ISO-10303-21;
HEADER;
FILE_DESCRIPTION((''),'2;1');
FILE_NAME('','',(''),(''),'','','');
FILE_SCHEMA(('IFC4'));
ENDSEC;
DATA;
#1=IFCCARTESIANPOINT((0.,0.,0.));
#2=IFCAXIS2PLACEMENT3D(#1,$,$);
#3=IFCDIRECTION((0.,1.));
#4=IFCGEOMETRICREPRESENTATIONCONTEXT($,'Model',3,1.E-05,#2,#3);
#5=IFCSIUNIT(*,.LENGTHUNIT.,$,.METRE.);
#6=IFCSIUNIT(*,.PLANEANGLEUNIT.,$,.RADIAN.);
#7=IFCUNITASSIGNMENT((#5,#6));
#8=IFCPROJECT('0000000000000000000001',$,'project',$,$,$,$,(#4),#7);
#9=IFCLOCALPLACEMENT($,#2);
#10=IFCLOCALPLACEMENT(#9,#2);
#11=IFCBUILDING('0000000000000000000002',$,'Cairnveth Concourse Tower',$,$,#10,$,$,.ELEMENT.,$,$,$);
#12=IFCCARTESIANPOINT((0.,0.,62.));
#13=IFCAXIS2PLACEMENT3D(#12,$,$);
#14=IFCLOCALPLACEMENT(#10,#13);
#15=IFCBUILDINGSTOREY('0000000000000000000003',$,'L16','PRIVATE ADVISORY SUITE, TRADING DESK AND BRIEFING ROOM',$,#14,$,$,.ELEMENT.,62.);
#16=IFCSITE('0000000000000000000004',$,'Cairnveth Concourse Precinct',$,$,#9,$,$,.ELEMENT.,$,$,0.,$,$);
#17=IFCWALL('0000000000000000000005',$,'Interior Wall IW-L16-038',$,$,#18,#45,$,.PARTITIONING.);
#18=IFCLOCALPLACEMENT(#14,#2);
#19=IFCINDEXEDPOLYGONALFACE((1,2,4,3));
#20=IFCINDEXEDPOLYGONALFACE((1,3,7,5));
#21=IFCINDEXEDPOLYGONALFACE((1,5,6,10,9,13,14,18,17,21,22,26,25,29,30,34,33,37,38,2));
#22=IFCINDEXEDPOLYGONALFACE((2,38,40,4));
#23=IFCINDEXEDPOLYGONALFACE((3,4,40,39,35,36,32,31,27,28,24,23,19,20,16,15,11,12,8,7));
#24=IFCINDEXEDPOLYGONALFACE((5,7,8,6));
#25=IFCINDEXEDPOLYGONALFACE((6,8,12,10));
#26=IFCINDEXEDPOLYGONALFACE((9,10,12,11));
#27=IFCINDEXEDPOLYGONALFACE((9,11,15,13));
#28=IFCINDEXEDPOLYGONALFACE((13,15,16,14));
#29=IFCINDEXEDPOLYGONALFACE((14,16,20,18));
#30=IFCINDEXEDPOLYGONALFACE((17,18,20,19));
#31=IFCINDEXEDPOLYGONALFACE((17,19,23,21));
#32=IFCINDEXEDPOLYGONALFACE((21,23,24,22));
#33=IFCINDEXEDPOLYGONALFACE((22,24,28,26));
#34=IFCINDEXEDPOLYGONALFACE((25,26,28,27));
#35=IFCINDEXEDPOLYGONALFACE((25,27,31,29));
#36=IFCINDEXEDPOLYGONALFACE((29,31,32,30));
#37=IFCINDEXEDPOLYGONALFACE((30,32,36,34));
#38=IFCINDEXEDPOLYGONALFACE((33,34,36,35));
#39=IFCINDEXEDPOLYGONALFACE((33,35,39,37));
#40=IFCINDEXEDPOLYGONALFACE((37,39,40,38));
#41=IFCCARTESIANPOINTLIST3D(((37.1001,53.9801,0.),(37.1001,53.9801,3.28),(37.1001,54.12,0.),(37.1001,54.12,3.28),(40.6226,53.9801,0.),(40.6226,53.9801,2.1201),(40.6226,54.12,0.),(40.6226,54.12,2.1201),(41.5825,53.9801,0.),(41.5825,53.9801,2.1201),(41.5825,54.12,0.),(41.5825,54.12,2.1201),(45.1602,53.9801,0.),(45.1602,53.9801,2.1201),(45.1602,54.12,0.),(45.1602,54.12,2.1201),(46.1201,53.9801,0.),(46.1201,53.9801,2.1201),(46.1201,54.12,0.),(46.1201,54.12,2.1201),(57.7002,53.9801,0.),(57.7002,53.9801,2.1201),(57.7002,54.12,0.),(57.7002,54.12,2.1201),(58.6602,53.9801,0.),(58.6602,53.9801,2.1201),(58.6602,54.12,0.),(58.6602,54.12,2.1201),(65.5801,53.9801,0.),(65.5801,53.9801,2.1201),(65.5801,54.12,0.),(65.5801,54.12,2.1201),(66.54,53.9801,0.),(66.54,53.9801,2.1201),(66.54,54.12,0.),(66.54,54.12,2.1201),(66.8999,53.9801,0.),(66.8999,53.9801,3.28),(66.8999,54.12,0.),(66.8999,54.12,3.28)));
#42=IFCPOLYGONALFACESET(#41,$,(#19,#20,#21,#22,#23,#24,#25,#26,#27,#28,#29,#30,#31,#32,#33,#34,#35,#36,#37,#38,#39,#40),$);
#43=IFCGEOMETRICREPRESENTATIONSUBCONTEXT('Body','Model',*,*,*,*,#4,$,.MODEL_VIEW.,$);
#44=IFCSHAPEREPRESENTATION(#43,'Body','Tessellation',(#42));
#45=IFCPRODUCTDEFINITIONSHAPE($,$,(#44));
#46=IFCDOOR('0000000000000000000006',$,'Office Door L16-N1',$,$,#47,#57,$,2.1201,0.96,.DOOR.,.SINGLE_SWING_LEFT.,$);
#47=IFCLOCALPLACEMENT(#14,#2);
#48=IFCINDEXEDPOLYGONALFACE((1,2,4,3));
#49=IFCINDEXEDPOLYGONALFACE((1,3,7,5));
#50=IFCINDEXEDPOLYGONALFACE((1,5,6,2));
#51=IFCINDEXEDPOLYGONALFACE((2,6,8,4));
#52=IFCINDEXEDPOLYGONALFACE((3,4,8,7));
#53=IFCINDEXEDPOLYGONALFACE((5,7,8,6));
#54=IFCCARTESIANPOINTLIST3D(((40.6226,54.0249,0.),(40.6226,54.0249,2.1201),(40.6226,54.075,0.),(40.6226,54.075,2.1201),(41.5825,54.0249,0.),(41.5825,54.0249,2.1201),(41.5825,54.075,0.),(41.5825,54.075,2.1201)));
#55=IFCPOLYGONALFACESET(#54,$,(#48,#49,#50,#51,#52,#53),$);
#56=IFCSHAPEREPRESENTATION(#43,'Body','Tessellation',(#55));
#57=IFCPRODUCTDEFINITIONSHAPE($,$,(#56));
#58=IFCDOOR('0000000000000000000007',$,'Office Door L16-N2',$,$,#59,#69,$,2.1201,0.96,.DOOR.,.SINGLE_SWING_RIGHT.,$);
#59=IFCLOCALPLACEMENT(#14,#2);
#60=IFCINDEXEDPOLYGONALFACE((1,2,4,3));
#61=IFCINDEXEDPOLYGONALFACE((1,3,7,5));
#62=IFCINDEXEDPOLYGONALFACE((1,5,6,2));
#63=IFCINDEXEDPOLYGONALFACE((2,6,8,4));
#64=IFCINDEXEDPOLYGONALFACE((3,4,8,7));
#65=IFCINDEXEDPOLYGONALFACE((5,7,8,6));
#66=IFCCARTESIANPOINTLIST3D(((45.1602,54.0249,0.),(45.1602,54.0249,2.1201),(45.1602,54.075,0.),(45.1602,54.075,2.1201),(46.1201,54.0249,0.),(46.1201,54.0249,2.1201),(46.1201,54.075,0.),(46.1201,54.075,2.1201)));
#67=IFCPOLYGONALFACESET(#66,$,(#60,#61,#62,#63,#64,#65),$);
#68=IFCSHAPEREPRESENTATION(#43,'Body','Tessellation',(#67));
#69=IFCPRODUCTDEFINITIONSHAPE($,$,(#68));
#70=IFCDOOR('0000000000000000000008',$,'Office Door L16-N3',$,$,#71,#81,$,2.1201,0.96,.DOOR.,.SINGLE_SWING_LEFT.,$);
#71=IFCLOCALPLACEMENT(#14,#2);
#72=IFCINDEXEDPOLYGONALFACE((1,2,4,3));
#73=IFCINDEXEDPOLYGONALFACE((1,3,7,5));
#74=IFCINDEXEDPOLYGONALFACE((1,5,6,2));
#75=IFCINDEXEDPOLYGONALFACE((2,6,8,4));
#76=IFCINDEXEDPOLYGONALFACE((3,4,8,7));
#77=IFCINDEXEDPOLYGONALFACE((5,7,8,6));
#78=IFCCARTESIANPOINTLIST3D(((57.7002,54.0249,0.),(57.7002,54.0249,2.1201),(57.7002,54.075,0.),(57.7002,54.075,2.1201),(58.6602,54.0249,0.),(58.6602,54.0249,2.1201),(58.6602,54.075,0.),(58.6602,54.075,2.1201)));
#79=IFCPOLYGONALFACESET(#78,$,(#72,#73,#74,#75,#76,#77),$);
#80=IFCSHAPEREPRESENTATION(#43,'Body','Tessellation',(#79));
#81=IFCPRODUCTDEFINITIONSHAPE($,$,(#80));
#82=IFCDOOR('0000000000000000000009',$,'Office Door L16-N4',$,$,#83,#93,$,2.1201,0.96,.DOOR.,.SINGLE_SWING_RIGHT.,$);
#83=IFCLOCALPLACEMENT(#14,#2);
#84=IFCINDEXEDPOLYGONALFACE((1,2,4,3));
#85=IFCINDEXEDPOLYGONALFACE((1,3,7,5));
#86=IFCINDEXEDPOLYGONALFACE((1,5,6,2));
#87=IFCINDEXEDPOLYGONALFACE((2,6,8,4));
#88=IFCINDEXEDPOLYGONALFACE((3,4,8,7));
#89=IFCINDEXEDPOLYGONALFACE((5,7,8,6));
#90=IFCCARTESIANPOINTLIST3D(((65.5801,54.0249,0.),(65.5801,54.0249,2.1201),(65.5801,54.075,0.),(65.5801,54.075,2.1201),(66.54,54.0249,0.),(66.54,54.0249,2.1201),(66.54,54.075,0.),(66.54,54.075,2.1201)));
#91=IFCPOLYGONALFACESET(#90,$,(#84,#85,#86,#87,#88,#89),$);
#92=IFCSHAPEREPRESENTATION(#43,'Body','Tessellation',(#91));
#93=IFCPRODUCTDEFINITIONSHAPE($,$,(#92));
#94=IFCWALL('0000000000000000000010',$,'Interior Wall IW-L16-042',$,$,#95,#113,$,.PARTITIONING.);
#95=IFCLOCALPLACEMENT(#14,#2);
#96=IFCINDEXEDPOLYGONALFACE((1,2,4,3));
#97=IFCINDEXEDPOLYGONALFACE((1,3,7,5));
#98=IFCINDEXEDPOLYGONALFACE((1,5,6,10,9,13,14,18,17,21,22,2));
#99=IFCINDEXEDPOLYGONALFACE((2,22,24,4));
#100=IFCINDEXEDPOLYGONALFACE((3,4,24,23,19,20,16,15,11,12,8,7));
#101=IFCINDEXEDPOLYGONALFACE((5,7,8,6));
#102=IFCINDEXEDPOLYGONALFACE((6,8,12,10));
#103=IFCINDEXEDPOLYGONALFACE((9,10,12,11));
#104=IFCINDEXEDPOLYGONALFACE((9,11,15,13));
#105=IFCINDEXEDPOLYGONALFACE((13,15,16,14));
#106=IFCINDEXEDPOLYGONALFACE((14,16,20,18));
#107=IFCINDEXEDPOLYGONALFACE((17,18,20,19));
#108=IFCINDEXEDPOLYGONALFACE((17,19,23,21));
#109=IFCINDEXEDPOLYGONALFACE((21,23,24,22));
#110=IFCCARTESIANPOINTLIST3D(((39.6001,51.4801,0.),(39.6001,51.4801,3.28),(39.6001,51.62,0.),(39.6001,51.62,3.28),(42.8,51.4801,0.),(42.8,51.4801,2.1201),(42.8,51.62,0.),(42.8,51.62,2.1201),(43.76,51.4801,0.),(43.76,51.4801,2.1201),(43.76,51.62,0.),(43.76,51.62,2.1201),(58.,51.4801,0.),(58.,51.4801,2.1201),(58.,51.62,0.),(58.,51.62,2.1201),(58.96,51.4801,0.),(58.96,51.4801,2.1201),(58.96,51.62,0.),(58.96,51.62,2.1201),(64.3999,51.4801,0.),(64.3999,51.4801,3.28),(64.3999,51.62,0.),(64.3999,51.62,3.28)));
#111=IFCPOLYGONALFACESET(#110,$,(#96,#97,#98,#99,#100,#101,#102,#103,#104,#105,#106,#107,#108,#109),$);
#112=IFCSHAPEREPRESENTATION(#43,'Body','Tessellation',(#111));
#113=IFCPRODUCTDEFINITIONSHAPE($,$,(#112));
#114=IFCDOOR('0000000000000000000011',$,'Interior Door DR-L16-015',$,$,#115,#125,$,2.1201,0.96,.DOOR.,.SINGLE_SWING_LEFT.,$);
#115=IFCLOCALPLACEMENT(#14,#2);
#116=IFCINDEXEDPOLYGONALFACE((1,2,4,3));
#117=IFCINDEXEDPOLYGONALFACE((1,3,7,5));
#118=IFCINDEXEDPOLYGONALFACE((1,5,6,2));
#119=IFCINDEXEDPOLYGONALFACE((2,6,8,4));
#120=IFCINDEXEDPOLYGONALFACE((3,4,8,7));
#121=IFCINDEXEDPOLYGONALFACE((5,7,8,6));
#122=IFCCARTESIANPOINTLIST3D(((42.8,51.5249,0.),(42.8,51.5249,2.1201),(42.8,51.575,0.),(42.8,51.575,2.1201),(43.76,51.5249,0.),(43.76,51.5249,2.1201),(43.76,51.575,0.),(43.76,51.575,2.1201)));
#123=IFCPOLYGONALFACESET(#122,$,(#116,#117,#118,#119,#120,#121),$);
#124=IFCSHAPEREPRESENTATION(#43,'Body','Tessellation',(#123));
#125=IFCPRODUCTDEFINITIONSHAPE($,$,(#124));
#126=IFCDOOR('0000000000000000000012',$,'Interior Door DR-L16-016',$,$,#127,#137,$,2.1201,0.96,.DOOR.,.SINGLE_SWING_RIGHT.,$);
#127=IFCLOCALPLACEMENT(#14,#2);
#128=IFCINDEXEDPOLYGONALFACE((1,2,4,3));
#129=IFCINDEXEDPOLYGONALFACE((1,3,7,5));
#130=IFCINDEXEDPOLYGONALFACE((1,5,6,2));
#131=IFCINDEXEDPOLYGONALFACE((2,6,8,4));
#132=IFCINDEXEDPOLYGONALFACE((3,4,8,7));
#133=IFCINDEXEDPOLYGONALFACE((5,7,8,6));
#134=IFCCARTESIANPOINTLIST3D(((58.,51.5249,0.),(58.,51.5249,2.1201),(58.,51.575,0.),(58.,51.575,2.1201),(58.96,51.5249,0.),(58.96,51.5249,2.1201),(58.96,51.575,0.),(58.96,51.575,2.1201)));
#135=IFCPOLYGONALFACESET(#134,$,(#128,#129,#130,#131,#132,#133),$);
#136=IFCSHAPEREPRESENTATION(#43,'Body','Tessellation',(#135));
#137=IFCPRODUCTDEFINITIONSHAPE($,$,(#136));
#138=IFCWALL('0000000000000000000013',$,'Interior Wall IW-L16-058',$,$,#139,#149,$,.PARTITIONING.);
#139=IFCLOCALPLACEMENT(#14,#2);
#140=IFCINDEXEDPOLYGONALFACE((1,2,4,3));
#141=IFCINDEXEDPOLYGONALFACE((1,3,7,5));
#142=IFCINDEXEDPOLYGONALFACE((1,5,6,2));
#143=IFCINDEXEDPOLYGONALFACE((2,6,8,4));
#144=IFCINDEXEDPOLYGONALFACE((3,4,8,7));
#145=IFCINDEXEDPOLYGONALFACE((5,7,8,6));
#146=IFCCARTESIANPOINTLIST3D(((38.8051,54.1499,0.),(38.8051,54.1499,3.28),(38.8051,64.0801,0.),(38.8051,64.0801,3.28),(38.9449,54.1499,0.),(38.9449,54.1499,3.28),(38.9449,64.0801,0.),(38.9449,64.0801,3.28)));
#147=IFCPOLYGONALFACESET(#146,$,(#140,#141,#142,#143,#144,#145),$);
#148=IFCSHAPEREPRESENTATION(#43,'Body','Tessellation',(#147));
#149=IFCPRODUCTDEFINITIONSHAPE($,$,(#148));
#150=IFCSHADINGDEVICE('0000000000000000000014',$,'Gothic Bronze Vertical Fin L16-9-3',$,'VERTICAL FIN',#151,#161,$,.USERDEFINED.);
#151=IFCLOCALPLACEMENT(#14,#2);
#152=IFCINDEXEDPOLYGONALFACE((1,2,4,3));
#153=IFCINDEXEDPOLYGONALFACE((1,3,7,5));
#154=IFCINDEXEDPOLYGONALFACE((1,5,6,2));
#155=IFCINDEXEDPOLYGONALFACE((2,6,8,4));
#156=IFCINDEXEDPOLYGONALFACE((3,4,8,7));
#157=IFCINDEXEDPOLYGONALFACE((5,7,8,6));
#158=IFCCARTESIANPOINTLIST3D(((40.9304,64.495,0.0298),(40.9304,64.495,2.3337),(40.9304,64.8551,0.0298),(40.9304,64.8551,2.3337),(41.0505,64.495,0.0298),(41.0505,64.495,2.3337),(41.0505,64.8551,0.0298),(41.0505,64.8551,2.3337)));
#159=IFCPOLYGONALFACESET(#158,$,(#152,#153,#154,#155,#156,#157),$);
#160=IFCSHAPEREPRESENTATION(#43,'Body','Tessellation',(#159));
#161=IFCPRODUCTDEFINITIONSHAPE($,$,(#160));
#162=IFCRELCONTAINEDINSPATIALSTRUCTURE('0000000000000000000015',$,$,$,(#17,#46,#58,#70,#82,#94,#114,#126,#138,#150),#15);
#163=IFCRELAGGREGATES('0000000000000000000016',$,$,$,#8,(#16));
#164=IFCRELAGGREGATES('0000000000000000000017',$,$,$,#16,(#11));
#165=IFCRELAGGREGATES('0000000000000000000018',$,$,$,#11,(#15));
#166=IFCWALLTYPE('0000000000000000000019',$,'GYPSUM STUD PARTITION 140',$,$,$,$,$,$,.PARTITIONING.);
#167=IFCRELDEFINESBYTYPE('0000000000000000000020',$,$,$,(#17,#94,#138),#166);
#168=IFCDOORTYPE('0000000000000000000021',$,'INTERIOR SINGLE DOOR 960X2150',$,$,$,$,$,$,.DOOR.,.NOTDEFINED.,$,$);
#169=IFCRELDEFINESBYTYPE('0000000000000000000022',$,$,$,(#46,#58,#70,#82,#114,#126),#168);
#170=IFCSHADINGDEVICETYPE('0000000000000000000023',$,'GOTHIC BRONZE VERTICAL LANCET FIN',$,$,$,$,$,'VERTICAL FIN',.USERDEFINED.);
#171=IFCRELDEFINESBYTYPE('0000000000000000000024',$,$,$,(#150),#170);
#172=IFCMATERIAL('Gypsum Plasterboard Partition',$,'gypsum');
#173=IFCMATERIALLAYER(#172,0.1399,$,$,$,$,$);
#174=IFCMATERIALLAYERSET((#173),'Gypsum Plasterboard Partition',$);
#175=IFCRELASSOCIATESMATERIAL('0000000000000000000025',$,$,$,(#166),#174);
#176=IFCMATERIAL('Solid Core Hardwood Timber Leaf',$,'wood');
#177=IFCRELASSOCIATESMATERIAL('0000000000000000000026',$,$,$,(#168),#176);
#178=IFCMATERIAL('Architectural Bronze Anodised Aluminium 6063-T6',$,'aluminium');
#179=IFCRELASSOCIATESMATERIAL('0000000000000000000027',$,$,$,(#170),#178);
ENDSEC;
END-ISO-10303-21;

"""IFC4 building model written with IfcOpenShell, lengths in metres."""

from ifc_helpers import new_model, si_unit, direction, frame, frame_2d, origin, origin_2d, place, context, subcontext, project, spatial, rectangle, extrude, material, layer, layer_set, type_object, element, fill, save


model = new_model("IFC4")

# Units and contexts
model_context = context("Model", 3, precision=1e-05, world=origin(), true_north=direction((0.0, 1.0)))
body_context = subcontext(model_context, "Body", "Model", "MODEL_VIEW")
ifc_project = project(units=[si_unit("LENGTHUNIT", "METRE"), si_unit("PLANEANGLEUNIT", "RADIAN")], contexts=[model_context])

# Site, building, storey
site_placement = place(None, origin())
site = spatial("IfcSite", under=ifc_project, at=site_placement, Name="Cairnveth Concourse Precinct", CompositionType="ELEMENT", RefElevation=0.0)
building_placement = place(site_placement, origin())
building = spatial("IfcBuilding", under=site, at=building_placement, Name="Cairnveth Concourse Tower", CompositionType="ELEMENT")
storey_placement = place(building_placement, frame((0.0, 0.0, 62.0)))
storey = spatial("IfcBuildingStorey", under=building, at=storey_placement, Name="L16", Description="PRIVATE ADVISORY SUITE, TRADING DESK AND BRIEFING ROOM", CompositionType="ELEMENT", Elevation=62.0)

# Walls, openings, doors
ifc_material_1 = material(Name="Gypsum Plasterboard Partition", Category="gypsum")
ifc_layer_1 = layer(ifc_material_1, 0.1399)
ifc_layer_set_1 = layer_set([ifc_layer_1], Name="Gypsum Plasterboard Partition")
wall_type_1 = type_object("IfcWallType", Name="GYPSUM STUD PARTITION 140", PredefinedType="PARTITIONING", material=ifc_layer_set_1)
wall_1_placement = place(storey_placement, frame((37.1001, 54.05, 0.0), z_axis=(0.0, 0.0, 1.0), x_axis=(1.0, 0.0, 0.0)))
wall_1 = element("IfcWall", 1, at=wall_1_placement, inside=storey, type_object=wall_type_1, Name="Interior Wall IW-L16-038", PredefinedType="PARTITIONING", context=body_context, shape_type="SweptSolid", body=[
    extrude(rectangle(XDim=29.7998, YDim=0.1399, at=frame_2d((14.8999, 0.0))), origin(), (0.0, 0.0, 1.0), 3.28),
])
opening_1_placement = place(wall_1_placement, frame((3.5225, 0.0, 0.0)))
opening_1 = element("IfcOpeningElement", 2, at=opening_1_placement, cuts=wall_1, PredefinedType="OPENING", context=body_context, shape_type="SweptSolid", body=[
    extrude(rectangle(XDim=0.96, YDim=2.1201, at=frame_2d((0.48, 1.0601))), frame((0.0, 0.0798, 0.0), z_axis=(0.0, -1.0, 0.0), x_axis=(1.0, 0.0, 0.0)), (0.0, 0.0, 1.0), 0.1599),
])
opening_2_placement = place(wall_1_placement, frame((8.0601, 0.0, 0.0)))
opening_2 = element("IfcOpeningElement", 3, at=opening_2_placement, cuts=wall_1, PredefinedType="OPENING", context=body_context, shape_type="SweptSolid", body=[
    extrude(rectangle(XDim=0.96, YDim=2.1201, at=frame_2d((0.48, 1.0601))), frame((0.0, 0.0798, 0.0), z_axis=(0.0, -1.0, 0.0), x_axis=(1.0, 0.0, 0.0)), (0.0, 0.0, 1.0), 0.1599),
])
opening_3_placement = place(wall_1_placement, frame((20.6001, 0.0, 0.0)))
opening_3 = element("IfcOpeningElement", 4, at=opening_3_placement, cuts=wall_1, PredefinedType="OPENING", context=body_context, shape_type="SweptSolid", body=[
    extrude(rectangle(XDim=0.96, YDim=2.1201, at=frame_2d((0.48, 1.0601))), frame((0.0, 0.0798, 0.0), z_axis=(0.0, -1.0, 0.0), x_axis=(1.0, 0.0, 0.0)), (0.0, 0.0, 1.0), 0.1599),
])
opening_4_placement = place(wall_1_placement, frame((28.48, 0.0, 0.0)))
opening_4 = element("IfcOpeningElement", 5, at=opening_4_placement, cuts=wall_1, PredefinedType="OPENING", context=body_context, shape_type="SweptSolid", body=[
    extrude(rectangle(XDim=0.96, YDim=2.1201, at=frame_2d((0.48, 1.0601))), frame((0.0, 0.0798, 0.0), z_axis=(0.0, -1.0, 0.0), x_axis=(1.0, 0.0, 0.0)), (0.0, 0.0, 1.0), 0.1599),
])
ifc_material_2 = material(Name="Solid Core Hardwood Timber Leaf", Category="wood")
door_type = type_object("IfcDoorType", Name="INTERIOR SINGLE DOOR 960X2150", OperationType="NOTDEFINED", PredefinedType="DOOR", material=ifc_material_2)
door_1_placement = place(opening_1_placement, origin())
door_1 = element("IfcDoor", 6, at=door_1_placement, inside=storey, type_object=door_type, Name="Office Door L16-N1", OperationType="SINGLE_SWING_LEFT", OverallHeight=2.1201, OverallWidth=0.96, PredefinedType="DOOR", context=body_context, shape_type="SweptSolid", body=[
    extrude(rectangle(XDim=0.96, YDim=2.1201, at=frame_2d((0.48, 1.0601))), frame((0.0, 0.0249, 0.0), z_axis=(0.0, -1.0, 0.0), x_axis=(1.0, 0.0, 0.0)), (0.0, 0.0, 1.0), 0.05),
])
fill(opening_1, door_1)
door_2_placement = place(opening_2_placement, origin())
door_2 = element("IfcDoor", 7, at=door_2_placement, inside=storey, type_object=door_type, Name="Office Door L16-N2", OperationType="SINGLE_SWING_RIGHT", OverallHeight=2.1201, OverallWidth=0.96, PredefinedType="DOOR", context=body_context, shape_type="SweptSolid", body=[
    extrude(rectangle(XDim=0.96, YDim=2.1201, at=frame_2d((0.48, 1.0601))), frame((0.0, 0.0249, 0.0), z_axis=(0.0, -1.0, 0.0), x_axis=(1.0, 0.0, 0.0)), (0.0, 0.0, 1.0), 0.05),
])
fill(opening_2, door_2)
door_3_placement = place(opening_3_placement, origin())
door_3 = element("IfcDoor", 8, at=door_3_placement, inside=storey, type_object=door_type, Name="Office Door L16-N3", OperationType="SINGLE_SWING_LEFT", OverallHeight=2.1201, OverallWidth=0.96, PredefinedType="DOOR", context=body_context, shape_type="SweptSolid", body=[
    extrude(rectangle(XDim=0.96, YDim=2.1201, at=frame_2d((0.48, 1.0601))), frame((0.0, 0.0249, 0.0), z_axis=(0.0, -1.0, 0.0), x_axis=(1.0, 0.0, 0.0)), (0.0, 0.0, 1.0), 0.05),
])
fill(opening_3, door_3)
door_4_placement = place(opening_4_placement, origin())
door_4 = element("IfcDoor", 9, at=door_4_placement, inside=storey, type_object=door_type, Name="Office Door L16-N4", OperationType="SINGLE_SWING_RIGHT", OverallHeight=2.1201, OverallWidth=0.96, PredefinedType="DOOR", context=body_context, shape_type="SweptSolid", body=[
    extrude(rectangle(XDim=0.96, YDim=2.1201, at=frame_2d((0.48, 1.0601))), frame((0.0, 0.0249, 0.0), z_axis=(0.0, -1.0, 0.0), x_axis=(1.0, 0.0, 0.0)), (0.0, 0.0, 1.0), 0.05),
])
fill(opening_4, door_4)
wall_2_placement = place(storey_placement, frame((39.6001, 51.55, 0.0), z_axis=(0.0, 0.0, 1.0), x_axis=(1.0, 0.0, 0.0)))
wall_2 = element("IfcWall", 10, at=wall_2_placement, inside=storey, type_object=wall_type_1, Name="Interior Wall IW-L16-042", PredefinedType="PARTITIONING", context=body_context, shape_type="SweptSolid", body=[
    extrude(rectangle(XDim=24.7998, YDim=0.1399, at=frame_2d((12.3999, 0.0))), origin(), (0.0, 0.0, 1.0), 3.28),
])
opening_5_placement = place(wall_2_placement, frame((3.2, 0.0, 0.0)))
opening_5 = element("IfcOpeningElement", 11, at=opening_5_placement, cuts=wall_2, PredefinedType="OPENING", context=body_context, shape_type="SweptSolid", body=[
    extrude(rectangle(XDim=0.96, YDim=2.1201, at=frame_2d((0.48, 1.0601))), frame((0.0, 0.0798, 0.0), z_axis=(0.0, -1.0, 0.0), x_axis=(1.0, 0.0, 0.0)), (0.0, 0.0, 1.0), 0.1599),
])
opening_6_placement = place(wall_2_placement, frame((18.3999, 0.0, 0.0)))
opening_6 = element("IfcOpeningElement", 12, at=opening_6_placement, cuts=wall_2, PredefinedType="OPENING", context=body_context, shape_type="SweptSolid", body=[
    extrude(rectangle(XDim=0.96, YDim=2.1201, at=frame_2d((0.48, 1.0601))), frame((0.0, 0.0798, 0.0), z_axis=(0.0, -1.0, 0.0), x_axis=(1.0, 0.0, 0.0)), (0.0, 0.0, 1.0), 0.1599),
])
door_5_placement = place(opening_5_placement, origin())
door_5 = element("IfcDoor", 13, at=door_5_placement, inside=storey, type_object=door_type, Name="Interior Door DR-L16-015", OperationType="SINGLE_SWING_LEFT", OverallHeight=2.1201, OverallWidth=0.96, PredefinedType="DOOR", context=body_context, shape_type="SweptSolid", body=[
    extrude(rectangle(XDim=0.96, YDim=2.1201, at=frame_2d((0.48, 1.0601))), frame((0.0, 0.0249, 0.0), z_axis=(0.0, -1.0, 0.0), x_axis=(1.0, 0.0, 0.0)), (0.0, 0.0, 1.0), 0.05),
])
fill(opening_5, door_5)
door_6_placement = place(opening_6_placement, origin())
door_6 = element("IfcDoor", 14, at=door_6_placement, inside=storey, type_object=door_type, Name="Interior Door DR-L16-016", OperationType="SINGLE_SWING_RIGHT", OverallHeight=2.1201, OverallWidth=0.96, PredefinedType="DOOR", context=body_context, shape_type="SweptSolid", body=[
    extrude(rectangle(XDim=0.96, YDim=2.1201, at=frame_2d((0.48, 1.0601))), frame((0.0, 0.0249, 0.0), z_axis=(0.0, -1.0, 0.0), x_axis=(1.0, 0.0, 0.0)), (0.0, 0.0, 1.0), 0.05),
])
fill(opening_6, door_6)

# Wall
wall_3_placement = place(storey_placement, frame((38.875, 54.1499, 0.0), z_axis=(0.0, 0.0, 1.0), x_axis=(0.0, 1.0, 0.0)))
element("IfcWall", 15, at=wall_3_placement, inside=storey, type_object=wall_type_1, Name="Interior Wall IW-L16-058", PredefinedType="PARTITIONING", context=body_context, shape_type="SweptSolid", body=[
    extrude(rectangle(XDim=9.9302, YDim=0.1399, at=frame_2d((4.9651, 0.0))), origin(), (0.0, 0.0, 1.0), 3.28),
])

# Shading device
ifc_material_3 = material(Name="Architectural Bronze Anodised Aluminium 6063-T6", Category="aluminium")
shading_device_type = type_object("IfcShadingDeviceType", Name="GOTHIC BRONZE VERTICAL LANCET FIN", ElementType="VERTICAL FIN", PredefinedType="USERDEFINED", material=ifc_material_3)
shading_device_placement = place(storey_placement, frame((40.9905, 64.675, 0.0298), z_axis=(0.0, 0.0, 1.0), x_axis=(1.0, 0.0, 0.0)))
element("IfcShadingDevice", 16, at=shading_device_placement, inside=storey, type_object=shading_device_type, Name="Gothic Bronze Vertical Fin L16-9-3", ObjectType="VERTICAL FIN", PredefinedType="USERDEFINED", context=body_context, shape_type="SweptSolid", body=[
    extrude(rectangle(XDim=0.1201, YDim=0.3601, at=origin_2d()), origin(), (0.0, 0.0, 1.0), 2.304),
])

save(model, "model.ifc")
